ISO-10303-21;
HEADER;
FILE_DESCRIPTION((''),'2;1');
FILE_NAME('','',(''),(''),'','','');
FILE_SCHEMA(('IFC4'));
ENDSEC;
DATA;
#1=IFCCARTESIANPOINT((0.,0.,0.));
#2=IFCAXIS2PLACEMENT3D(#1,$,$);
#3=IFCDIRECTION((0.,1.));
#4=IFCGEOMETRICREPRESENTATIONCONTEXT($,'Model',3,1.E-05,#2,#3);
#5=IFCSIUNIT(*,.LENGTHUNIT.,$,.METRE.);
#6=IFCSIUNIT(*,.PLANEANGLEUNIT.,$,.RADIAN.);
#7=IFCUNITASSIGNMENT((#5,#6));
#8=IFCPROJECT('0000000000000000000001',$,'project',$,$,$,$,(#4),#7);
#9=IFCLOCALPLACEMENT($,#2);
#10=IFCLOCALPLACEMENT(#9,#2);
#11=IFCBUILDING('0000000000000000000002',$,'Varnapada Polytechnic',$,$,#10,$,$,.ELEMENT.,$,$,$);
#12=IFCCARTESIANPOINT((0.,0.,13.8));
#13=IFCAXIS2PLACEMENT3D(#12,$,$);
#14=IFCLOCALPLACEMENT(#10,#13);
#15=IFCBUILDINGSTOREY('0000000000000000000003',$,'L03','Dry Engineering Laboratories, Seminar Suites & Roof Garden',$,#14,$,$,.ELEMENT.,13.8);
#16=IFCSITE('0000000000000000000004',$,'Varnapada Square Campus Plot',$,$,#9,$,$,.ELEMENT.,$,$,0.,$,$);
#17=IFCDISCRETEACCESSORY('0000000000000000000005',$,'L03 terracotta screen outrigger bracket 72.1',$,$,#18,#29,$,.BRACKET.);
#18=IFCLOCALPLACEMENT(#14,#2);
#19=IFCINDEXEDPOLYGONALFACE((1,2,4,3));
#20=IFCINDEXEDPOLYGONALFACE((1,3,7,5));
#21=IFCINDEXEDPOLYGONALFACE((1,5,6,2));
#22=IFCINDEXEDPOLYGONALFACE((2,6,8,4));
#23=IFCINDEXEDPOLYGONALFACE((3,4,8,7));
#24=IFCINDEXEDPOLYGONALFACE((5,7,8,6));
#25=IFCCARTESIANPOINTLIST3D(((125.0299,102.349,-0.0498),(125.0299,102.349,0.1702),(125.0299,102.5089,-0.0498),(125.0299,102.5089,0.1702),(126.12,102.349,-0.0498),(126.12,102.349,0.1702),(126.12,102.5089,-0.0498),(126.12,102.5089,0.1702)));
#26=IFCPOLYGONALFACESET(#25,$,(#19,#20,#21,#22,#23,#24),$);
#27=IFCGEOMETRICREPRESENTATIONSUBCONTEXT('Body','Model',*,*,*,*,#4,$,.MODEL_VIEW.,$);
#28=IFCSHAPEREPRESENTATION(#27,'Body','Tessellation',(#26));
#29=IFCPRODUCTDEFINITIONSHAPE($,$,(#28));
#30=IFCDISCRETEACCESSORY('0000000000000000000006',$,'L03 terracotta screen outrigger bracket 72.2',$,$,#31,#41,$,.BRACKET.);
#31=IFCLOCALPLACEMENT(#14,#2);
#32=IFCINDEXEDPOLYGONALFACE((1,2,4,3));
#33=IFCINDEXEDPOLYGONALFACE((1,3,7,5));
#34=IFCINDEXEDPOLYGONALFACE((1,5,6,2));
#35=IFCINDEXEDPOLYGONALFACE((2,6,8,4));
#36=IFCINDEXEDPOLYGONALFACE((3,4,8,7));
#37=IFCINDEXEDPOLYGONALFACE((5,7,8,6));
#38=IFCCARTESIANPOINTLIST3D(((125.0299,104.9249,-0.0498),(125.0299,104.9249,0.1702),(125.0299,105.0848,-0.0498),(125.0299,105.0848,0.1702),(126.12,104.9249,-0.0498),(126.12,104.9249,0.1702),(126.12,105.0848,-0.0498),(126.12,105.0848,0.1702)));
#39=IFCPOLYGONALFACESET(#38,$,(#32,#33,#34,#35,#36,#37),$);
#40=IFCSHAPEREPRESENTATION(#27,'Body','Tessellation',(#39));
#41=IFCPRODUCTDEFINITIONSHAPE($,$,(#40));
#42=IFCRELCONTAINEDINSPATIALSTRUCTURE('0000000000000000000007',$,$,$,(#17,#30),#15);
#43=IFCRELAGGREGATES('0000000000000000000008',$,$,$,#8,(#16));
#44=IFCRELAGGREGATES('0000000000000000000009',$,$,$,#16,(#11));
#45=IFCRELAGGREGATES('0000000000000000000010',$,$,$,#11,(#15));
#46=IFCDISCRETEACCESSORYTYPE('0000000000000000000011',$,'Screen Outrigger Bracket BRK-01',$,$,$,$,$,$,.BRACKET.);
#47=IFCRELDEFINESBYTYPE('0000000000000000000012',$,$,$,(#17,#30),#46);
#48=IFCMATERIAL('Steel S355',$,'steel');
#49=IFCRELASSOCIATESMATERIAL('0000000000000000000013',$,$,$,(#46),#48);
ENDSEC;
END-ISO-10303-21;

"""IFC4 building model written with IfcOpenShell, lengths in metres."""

from ifc_helpers import new_model, si_unit, direction, frame, origin, origin_2d, place, context, subcontext, project, spatial, rectangle, extrude, material, type_object, element, save


model = new_model("IFC4")

# Units and contexts
model_context = context("Model", 3, precision=1e-05, world=origin(), true_north=direction((0.0, 1.0)))
body_context = subcontext(model_context, "Body", "Model", "MODEL_VIEW")
ifc_project = project(units=[si_unit("LENGTHUNIT", "METRE"), si_unit("PLANEANGLEUNIT", "RADIAN")], contexts=[model_context])

# Site, building, storey
site_placement = place(None, origin())
site = spatial("IfcSite", under=ifc_project, at=site_placement, Name="Varnapada Square Campus Plot", CompositionType="ELEMENT", RefElevation=0.0)
building_placement = place(site_placement, origin())
building = spatial("IfcBuilding", under=site, at=building_placement, Name="Varnapada Polytechnic", CompositionType="ELEMENT")
storey_placement = place(building_placement, frame((0.0, 0.0, 13.8)))
storey = spatial("IfcBuildingStorey", under=building, at=storey_placement, Name="L03", Description="Dry Engineering Laboratories, Seminar Suites & Roof Garden", CompositionType="ELEMENT", Elevation=13.8)

# Discrete accessories
ifc_material_1 = material(Name="Steel S355", Category="steel")
discrete_accessory_type = type_object("IfcDiscreteAccessoryType", Name="Screen Outrigger Bracket BRK-01", PredefinedType="BRACKET", material=ifc_material_1)
for number, where, z_axis, x_axis, name in (
    (1, (125.575, 102.429, -0.0498), (0.0, 0.0, 1.0), (0.0, 1.0, 0.0), "L03 terracotta screen outrigger bracket 72.1"),
    (2, (125.575, 105.0049, -0.0498), (0.0, 0.0, 1.0), (0.0, 1.0, 0.0), "L03 terracotta screen outrigger bracket 72.2"),
):
    element("IfcDiscreteAccessory", number, at=place(storey_placement, frame(where, z_axis=z_axis, x_axis=x_axis)), inside=storey, type_object=discrete_accessory_type, Name=name, PredefinedType="BRACKET", context=body_context, shape_type="SweptSolid", body=[
        extrude(rectangle(XDim=0.1599, YDim=1.0901, at=origin_2d()), origin(), (0.0, 0.0, 1.0), 0.22),
    ])

save(model, "model.ifc")
